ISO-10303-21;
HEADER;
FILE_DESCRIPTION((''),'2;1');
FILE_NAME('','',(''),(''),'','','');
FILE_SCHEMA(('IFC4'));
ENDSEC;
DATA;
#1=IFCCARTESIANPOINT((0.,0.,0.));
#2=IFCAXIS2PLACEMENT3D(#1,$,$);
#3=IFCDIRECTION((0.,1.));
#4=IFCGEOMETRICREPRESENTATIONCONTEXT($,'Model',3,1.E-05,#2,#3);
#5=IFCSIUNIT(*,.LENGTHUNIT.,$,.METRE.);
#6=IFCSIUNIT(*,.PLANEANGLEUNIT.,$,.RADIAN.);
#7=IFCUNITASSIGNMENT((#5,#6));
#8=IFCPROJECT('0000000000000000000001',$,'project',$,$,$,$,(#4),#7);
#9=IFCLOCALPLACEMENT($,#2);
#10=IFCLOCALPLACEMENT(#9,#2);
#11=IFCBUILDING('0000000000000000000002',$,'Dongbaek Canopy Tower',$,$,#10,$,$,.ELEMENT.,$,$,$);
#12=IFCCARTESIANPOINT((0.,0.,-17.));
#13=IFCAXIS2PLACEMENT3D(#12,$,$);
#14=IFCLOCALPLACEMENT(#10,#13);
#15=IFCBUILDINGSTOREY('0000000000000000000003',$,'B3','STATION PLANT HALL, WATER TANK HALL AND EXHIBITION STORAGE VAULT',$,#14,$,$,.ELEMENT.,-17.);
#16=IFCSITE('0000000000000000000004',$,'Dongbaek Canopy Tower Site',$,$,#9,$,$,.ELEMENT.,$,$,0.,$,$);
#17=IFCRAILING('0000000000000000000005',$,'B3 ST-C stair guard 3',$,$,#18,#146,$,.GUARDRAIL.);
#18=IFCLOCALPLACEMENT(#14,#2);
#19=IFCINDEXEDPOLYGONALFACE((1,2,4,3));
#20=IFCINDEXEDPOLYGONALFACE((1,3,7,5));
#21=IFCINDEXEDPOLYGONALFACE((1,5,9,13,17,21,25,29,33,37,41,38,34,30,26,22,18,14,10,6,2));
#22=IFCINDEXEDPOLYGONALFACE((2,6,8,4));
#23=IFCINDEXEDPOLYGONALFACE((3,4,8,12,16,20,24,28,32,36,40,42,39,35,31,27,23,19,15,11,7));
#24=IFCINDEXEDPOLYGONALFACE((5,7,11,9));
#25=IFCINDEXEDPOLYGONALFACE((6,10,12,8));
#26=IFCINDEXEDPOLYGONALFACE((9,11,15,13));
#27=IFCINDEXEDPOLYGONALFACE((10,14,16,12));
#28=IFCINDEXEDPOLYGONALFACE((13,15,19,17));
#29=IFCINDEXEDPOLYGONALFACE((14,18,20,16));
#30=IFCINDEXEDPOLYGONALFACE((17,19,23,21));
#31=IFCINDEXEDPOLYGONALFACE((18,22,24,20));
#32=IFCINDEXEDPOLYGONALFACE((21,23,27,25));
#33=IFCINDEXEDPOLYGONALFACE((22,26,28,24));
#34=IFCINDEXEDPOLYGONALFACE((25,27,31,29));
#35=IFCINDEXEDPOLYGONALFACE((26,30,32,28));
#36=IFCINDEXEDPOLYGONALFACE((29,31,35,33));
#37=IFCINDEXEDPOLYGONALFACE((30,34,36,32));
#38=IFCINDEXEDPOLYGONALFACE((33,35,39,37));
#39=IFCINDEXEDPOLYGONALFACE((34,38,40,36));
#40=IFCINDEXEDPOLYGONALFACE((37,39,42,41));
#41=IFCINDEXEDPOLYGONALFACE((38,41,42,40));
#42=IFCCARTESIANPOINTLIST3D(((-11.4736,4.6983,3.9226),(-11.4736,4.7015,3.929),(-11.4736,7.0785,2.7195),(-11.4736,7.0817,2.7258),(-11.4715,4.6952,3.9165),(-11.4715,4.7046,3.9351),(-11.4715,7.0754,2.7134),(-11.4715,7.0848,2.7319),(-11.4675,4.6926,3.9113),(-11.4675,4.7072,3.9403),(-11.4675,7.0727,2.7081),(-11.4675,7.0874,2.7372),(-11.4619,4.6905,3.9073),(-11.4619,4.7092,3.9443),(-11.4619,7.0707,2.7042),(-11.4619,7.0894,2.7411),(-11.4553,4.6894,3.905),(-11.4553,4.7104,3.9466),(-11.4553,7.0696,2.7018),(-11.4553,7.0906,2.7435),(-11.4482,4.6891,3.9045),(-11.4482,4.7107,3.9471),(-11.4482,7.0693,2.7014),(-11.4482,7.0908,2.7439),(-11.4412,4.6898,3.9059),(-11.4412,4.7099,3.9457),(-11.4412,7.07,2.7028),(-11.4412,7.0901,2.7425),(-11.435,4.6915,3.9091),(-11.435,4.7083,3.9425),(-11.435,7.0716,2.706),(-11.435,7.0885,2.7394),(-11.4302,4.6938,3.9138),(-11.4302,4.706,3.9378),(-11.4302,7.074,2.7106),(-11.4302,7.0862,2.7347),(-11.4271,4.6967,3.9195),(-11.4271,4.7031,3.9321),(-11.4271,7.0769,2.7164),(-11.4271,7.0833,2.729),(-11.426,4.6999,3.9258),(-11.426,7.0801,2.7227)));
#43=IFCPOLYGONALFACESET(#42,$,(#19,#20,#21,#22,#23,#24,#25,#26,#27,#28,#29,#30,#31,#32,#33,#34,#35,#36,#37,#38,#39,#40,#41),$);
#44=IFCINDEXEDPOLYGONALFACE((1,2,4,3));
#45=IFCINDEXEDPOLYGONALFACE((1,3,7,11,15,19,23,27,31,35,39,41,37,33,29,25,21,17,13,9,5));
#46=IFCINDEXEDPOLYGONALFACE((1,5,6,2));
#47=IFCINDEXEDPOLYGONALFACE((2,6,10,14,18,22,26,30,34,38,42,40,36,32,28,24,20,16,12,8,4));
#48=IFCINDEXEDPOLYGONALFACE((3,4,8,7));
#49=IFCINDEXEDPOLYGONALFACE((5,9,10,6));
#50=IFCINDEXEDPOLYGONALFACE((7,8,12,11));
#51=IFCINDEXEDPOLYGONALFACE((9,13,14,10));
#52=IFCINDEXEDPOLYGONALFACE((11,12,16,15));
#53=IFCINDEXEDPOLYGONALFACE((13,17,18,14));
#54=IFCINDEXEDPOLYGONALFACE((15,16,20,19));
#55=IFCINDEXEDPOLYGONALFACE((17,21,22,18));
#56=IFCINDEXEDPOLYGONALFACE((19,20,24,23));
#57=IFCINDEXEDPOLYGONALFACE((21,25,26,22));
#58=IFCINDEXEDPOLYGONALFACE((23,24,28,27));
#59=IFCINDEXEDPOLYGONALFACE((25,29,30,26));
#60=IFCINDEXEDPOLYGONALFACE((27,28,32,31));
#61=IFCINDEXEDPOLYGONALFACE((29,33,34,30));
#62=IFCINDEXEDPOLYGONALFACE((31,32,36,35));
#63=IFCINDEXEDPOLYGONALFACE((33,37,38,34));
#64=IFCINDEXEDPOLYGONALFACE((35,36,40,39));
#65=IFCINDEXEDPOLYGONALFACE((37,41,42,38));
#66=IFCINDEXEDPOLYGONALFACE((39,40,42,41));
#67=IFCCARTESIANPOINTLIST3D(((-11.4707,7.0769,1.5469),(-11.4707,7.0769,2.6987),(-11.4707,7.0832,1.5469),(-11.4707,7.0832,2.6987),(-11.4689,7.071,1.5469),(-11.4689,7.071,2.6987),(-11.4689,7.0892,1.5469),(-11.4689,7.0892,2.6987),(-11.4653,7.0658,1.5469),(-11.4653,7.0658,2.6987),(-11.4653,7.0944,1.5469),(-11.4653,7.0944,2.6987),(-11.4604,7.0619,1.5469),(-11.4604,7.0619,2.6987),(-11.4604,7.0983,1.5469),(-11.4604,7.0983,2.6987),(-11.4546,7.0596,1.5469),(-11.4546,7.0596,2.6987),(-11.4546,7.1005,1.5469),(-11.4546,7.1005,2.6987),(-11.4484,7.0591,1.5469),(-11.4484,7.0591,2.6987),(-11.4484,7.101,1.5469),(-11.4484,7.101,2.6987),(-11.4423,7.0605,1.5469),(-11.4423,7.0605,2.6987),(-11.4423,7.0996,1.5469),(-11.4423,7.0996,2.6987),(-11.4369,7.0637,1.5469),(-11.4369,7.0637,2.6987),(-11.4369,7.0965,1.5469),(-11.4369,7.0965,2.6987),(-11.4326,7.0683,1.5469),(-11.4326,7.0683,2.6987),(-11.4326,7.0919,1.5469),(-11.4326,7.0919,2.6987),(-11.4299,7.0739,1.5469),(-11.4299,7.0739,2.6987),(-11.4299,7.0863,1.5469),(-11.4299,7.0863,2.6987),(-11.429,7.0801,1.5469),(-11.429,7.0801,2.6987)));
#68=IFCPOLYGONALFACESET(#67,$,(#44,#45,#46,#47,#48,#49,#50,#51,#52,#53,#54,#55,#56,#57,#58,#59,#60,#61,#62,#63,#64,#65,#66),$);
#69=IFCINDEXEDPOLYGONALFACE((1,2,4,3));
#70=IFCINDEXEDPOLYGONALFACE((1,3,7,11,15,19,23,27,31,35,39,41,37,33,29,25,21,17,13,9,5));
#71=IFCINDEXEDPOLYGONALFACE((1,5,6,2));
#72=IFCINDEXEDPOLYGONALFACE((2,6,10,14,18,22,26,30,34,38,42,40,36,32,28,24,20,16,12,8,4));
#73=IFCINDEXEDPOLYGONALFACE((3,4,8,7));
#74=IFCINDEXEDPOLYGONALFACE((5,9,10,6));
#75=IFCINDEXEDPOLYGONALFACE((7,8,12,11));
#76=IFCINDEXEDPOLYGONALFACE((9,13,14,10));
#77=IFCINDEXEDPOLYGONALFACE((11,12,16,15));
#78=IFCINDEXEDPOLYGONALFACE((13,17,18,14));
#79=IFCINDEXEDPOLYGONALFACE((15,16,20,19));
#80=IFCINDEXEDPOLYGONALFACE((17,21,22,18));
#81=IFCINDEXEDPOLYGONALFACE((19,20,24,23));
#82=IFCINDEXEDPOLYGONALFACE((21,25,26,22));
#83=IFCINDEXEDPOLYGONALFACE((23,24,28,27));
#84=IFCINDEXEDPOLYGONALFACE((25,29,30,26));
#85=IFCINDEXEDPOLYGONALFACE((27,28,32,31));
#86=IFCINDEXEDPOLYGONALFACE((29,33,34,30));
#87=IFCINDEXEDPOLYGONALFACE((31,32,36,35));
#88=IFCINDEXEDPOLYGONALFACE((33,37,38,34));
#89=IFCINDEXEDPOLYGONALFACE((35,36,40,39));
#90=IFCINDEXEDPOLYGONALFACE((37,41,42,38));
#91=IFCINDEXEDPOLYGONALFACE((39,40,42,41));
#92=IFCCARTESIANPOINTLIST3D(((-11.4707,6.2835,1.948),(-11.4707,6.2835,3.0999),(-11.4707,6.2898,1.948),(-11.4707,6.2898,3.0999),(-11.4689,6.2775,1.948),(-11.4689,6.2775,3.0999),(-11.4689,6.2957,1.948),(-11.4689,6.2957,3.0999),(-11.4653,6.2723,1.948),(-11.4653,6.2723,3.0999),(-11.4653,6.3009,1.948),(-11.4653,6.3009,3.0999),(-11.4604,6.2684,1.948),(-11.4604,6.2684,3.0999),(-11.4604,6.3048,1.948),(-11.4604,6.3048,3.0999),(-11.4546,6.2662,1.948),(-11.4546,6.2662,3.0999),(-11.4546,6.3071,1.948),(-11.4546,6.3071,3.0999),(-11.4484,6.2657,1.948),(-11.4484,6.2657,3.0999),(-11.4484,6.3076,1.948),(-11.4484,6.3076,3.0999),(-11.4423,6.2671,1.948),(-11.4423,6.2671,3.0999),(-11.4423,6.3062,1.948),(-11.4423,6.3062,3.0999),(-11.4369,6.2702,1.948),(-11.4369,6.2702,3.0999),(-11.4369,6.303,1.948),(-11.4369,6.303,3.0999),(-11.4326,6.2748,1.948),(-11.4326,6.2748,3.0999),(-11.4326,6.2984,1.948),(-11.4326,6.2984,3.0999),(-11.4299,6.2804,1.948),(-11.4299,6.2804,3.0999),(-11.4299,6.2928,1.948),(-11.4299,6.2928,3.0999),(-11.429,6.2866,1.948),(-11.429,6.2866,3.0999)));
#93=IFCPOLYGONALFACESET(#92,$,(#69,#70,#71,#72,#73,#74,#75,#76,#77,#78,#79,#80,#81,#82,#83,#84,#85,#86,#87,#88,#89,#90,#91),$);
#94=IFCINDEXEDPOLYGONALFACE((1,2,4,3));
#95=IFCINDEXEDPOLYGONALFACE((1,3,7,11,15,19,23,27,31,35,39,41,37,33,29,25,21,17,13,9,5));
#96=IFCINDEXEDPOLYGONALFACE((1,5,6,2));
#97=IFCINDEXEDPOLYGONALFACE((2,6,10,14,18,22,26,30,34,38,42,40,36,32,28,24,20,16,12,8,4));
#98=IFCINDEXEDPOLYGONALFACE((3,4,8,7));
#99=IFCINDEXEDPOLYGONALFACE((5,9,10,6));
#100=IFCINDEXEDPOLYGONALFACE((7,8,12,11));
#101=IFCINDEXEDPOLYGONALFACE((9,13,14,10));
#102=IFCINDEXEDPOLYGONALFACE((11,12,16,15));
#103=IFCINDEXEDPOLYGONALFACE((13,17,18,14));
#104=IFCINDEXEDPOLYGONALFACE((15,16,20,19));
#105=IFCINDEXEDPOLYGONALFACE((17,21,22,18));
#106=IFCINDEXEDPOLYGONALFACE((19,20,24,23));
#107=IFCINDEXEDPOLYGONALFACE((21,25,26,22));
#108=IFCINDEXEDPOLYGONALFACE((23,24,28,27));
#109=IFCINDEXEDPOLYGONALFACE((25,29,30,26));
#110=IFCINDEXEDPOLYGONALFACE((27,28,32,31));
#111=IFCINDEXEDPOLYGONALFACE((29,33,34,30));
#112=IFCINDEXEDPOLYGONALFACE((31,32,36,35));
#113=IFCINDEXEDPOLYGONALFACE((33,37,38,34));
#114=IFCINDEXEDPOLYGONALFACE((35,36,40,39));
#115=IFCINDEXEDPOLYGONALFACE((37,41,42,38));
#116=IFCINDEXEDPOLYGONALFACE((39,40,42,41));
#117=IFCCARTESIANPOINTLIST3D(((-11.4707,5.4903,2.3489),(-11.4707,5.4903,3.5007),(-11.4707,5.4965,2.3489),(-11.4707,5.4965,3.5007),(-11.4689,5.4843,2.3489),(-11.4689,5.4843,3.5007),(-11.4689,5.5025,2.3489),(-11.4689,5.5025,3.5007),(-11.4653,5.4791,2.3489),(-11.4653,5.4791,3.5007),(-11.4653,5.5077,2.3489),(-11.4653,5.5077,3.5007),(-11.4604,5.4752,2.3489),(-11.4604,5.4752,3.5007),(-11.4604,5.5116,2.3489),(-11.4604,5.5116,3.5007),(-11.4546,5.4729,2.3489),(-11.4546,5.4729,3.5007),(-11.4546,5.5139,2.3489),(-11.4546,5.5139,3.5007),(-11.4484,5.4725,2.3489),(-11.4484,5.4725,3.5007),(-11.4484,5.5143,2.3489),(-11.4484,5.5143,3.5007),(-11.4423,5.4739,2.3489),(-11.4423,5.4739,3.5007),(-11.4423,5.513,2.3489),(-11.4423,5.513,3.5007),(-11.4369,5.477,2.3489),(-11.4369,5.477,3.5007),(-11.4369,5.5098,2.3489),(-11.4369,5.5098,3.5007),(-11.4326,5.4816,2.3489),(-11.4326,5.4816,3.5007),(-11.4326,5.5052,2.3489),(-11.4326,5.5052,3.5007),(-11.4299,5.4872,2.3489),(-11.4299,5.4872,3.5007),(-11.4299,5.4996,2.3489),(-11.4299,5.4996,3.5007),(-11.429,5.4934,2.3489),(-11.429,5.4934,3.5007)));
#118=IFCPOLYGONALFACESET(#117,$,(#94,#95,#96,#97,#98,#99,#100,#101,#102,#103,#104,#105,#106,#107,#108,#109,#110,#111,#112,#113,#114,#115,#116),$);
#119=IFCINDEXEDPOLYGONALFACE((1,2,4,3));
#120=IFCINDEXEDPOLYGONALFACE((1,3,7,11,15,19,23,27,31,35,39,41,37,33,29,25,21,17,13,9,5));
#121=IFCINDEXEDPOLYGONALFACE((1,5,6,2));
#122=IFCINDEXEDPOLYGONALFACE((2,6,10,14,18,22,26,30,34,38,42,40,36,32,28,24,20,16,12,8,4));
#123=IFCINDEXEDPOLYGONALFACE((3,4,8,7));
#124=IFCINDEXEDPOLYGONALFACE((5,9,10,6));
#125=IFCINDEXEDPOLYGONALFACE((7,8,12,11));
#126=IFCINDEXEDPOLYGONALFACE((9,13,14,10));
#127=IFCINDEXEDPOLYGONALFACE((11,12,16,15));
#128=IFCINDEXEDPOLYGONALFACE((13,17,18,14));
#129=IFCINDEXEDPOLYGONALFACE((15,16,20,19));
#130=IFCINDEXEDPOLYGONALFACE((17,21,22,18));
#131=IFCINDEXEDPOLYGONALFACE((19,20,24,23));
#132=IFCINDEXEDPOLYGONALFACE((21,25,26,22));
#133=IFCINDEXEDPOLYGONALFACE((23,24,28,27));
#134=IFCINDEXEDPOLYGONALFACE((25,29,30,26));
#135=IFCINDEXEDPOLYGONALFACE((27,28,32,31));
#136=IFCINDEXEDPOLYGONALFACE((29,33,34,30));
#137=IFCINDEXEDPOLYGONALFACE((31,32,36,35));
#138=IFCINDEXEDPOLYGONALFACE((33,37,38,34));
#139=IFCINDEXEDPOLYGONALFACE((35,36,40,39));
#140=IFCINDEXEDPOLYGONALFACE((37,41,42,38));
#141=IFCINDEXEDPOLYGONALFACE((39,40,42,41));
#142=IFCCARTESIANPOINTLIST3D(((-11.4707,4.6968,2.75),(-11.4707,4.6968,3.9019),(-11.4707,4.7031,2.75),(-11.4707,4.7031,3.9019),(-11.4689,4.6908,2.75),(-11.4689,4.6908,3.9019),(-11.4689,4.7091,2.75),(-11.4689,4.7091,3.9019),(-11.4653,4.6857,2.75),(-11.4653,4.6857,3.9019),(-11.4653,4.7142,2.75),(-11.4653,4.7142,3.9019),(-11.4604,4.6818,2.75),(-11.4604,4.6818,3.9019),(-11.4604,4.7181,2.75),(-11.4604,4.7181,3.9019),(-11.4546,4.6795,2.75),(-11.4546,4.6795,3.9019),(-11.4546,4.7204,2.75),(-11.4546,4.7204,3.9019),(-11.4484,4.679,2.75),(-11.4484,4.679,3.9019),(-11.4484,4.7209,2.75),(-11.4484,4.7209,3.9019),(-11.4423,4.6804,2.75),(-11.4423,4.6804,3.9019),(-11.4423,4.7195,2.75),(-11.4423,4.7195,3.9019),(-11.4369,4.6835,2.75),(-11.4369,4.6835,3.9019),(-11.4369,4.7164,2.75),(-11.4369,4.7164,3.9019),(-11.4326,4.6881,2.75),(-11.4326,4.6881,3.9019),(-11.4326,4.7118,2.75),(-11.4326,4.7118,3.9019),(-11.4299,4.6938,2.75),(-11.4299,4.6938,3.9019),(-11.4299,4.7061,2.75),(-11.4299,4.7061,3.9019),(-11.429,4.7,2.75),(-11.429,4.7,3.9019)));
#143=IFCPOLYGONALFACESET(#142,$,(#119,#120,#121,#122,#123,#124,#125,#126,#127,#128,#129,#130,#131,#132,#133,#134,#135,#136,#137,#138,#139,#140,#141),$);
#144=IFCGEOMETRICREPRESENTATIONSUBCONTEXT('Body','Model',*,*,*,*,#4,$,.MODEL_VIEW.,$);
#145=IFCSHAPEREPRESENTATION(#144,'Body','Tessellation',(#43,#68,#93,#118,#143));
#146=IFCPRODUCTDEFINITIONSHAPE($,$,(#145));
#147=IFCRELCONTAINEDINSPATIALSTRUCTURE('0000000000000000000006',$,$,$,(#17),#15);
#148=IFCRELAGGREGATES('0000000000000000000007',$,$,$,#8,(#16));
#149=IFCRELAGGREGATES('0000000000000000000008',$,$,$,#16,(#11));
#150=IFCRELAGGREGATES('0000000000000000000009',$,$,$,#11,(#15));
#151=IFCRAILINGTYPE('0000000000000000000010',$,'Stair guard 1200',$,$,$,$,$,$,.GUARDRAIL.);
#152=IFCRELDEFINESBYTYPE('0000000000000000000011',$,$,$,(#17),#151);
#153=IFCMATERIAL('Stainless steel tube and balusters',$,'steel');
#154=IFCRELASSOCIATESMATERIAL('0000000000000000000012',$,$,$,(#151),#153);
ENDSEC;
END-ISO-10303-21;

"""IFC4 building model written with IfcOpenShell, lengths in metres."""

from ifc_helpers import new_model, si_unit, direction, frame, origin, origin_2d, place, context, subcontext, project, spatial, circle, extrude, material, type_object, element, save


model = new_model("IFC4")

# Units and contexts
model_context = context("Model", 3, precision=1e-05, world=origin(), true_north=direction((0.0, 1.0)))
body_context = subcontext(model_context, "Body", "Model", "MODEL_VIEW")
ifc_project = project(units=[si_unit("LENGTHUNIT", "METRE"), si_unit("PLANEANGLEUNIT", "RADIAN")], contexts=[model_context])

# Site, building, storey
site_placement = place(None, origin())
site = spatial("IfcSite", under=ifc_project, at=site_placement, Name="Dongbaek Canopy Tower Site", CompositionType="ELEMENT", RefElevation=0.0)
building_placement = place(site_placement, origin())
building = spatial("IfcBuilding", under=site, at=building_placement, Name="Dongbaek Canopy Tower", CompositionType="ELEMENT")
storey_placement = place(building_placement, frame((0.0, 0.0, -17.0)))
storey = spatial("IfcBuildingStorey", under=building, at=storey_placement, Name="B3", Description="STATION PLANT HALL, WATER TANK HALL AND EXHIBITION STORAGE VAULT", CompositionType="ELEMENT", Elevation=-17.0)

# Railing
ifc_material_1 = material(Name="Stainless steel tube and balusters", Category="steel")
railing_type_1 = type_object("IfcRailingType", Name="Stair guard 1200", PredefinedType="GUARDRAIL", material=ifc_material_1)
railing_1_placement = place(storey_placement, frame((-11.45, 7.0801, 1.5469)))
element("IfcRailing", 1, at=railing_1_placement, inside=storey, type_object=railing_type_1, Name="B3 ST-C stair guard 3", PredefinedType="GUARDRAIL", context=body_context, shape_type="SweptSolid", body=[
    extrude(circle(Radius=0.0239, at=origin_2d()), frame((0.0, 0.0, 1.1758), z_axis=(0.0, -0.89246, 0.451127), x_axis=(1.0, 0.0, 0.0)), (0.0, 0.0, 1.0), 2.667),
    extrude(circle(Radius=0.021, at=origin_2d()), origin(), (0.0, 0.0, 1.0), 1.1519),
    extrude(circle(Radius=0.021, at=origin_2d()), frame((0.0, -0.7935, 0.4011)), (0.0, 0.0, 1.0), 1.1519),
    extrude(circle(Radius=0.021, at=origin_2d()), frame((0.0, -1.5867, 0.802)), (0.0, 0.0, 1.0), 1.1519),
    extrude(circle(Radius=0.021, at=origin_2d()), frame((0.0, -2.3801, 1.2031)), (0.0, 0.0, 1.0), 1.1519),
])

save(model, "model.ifc")
